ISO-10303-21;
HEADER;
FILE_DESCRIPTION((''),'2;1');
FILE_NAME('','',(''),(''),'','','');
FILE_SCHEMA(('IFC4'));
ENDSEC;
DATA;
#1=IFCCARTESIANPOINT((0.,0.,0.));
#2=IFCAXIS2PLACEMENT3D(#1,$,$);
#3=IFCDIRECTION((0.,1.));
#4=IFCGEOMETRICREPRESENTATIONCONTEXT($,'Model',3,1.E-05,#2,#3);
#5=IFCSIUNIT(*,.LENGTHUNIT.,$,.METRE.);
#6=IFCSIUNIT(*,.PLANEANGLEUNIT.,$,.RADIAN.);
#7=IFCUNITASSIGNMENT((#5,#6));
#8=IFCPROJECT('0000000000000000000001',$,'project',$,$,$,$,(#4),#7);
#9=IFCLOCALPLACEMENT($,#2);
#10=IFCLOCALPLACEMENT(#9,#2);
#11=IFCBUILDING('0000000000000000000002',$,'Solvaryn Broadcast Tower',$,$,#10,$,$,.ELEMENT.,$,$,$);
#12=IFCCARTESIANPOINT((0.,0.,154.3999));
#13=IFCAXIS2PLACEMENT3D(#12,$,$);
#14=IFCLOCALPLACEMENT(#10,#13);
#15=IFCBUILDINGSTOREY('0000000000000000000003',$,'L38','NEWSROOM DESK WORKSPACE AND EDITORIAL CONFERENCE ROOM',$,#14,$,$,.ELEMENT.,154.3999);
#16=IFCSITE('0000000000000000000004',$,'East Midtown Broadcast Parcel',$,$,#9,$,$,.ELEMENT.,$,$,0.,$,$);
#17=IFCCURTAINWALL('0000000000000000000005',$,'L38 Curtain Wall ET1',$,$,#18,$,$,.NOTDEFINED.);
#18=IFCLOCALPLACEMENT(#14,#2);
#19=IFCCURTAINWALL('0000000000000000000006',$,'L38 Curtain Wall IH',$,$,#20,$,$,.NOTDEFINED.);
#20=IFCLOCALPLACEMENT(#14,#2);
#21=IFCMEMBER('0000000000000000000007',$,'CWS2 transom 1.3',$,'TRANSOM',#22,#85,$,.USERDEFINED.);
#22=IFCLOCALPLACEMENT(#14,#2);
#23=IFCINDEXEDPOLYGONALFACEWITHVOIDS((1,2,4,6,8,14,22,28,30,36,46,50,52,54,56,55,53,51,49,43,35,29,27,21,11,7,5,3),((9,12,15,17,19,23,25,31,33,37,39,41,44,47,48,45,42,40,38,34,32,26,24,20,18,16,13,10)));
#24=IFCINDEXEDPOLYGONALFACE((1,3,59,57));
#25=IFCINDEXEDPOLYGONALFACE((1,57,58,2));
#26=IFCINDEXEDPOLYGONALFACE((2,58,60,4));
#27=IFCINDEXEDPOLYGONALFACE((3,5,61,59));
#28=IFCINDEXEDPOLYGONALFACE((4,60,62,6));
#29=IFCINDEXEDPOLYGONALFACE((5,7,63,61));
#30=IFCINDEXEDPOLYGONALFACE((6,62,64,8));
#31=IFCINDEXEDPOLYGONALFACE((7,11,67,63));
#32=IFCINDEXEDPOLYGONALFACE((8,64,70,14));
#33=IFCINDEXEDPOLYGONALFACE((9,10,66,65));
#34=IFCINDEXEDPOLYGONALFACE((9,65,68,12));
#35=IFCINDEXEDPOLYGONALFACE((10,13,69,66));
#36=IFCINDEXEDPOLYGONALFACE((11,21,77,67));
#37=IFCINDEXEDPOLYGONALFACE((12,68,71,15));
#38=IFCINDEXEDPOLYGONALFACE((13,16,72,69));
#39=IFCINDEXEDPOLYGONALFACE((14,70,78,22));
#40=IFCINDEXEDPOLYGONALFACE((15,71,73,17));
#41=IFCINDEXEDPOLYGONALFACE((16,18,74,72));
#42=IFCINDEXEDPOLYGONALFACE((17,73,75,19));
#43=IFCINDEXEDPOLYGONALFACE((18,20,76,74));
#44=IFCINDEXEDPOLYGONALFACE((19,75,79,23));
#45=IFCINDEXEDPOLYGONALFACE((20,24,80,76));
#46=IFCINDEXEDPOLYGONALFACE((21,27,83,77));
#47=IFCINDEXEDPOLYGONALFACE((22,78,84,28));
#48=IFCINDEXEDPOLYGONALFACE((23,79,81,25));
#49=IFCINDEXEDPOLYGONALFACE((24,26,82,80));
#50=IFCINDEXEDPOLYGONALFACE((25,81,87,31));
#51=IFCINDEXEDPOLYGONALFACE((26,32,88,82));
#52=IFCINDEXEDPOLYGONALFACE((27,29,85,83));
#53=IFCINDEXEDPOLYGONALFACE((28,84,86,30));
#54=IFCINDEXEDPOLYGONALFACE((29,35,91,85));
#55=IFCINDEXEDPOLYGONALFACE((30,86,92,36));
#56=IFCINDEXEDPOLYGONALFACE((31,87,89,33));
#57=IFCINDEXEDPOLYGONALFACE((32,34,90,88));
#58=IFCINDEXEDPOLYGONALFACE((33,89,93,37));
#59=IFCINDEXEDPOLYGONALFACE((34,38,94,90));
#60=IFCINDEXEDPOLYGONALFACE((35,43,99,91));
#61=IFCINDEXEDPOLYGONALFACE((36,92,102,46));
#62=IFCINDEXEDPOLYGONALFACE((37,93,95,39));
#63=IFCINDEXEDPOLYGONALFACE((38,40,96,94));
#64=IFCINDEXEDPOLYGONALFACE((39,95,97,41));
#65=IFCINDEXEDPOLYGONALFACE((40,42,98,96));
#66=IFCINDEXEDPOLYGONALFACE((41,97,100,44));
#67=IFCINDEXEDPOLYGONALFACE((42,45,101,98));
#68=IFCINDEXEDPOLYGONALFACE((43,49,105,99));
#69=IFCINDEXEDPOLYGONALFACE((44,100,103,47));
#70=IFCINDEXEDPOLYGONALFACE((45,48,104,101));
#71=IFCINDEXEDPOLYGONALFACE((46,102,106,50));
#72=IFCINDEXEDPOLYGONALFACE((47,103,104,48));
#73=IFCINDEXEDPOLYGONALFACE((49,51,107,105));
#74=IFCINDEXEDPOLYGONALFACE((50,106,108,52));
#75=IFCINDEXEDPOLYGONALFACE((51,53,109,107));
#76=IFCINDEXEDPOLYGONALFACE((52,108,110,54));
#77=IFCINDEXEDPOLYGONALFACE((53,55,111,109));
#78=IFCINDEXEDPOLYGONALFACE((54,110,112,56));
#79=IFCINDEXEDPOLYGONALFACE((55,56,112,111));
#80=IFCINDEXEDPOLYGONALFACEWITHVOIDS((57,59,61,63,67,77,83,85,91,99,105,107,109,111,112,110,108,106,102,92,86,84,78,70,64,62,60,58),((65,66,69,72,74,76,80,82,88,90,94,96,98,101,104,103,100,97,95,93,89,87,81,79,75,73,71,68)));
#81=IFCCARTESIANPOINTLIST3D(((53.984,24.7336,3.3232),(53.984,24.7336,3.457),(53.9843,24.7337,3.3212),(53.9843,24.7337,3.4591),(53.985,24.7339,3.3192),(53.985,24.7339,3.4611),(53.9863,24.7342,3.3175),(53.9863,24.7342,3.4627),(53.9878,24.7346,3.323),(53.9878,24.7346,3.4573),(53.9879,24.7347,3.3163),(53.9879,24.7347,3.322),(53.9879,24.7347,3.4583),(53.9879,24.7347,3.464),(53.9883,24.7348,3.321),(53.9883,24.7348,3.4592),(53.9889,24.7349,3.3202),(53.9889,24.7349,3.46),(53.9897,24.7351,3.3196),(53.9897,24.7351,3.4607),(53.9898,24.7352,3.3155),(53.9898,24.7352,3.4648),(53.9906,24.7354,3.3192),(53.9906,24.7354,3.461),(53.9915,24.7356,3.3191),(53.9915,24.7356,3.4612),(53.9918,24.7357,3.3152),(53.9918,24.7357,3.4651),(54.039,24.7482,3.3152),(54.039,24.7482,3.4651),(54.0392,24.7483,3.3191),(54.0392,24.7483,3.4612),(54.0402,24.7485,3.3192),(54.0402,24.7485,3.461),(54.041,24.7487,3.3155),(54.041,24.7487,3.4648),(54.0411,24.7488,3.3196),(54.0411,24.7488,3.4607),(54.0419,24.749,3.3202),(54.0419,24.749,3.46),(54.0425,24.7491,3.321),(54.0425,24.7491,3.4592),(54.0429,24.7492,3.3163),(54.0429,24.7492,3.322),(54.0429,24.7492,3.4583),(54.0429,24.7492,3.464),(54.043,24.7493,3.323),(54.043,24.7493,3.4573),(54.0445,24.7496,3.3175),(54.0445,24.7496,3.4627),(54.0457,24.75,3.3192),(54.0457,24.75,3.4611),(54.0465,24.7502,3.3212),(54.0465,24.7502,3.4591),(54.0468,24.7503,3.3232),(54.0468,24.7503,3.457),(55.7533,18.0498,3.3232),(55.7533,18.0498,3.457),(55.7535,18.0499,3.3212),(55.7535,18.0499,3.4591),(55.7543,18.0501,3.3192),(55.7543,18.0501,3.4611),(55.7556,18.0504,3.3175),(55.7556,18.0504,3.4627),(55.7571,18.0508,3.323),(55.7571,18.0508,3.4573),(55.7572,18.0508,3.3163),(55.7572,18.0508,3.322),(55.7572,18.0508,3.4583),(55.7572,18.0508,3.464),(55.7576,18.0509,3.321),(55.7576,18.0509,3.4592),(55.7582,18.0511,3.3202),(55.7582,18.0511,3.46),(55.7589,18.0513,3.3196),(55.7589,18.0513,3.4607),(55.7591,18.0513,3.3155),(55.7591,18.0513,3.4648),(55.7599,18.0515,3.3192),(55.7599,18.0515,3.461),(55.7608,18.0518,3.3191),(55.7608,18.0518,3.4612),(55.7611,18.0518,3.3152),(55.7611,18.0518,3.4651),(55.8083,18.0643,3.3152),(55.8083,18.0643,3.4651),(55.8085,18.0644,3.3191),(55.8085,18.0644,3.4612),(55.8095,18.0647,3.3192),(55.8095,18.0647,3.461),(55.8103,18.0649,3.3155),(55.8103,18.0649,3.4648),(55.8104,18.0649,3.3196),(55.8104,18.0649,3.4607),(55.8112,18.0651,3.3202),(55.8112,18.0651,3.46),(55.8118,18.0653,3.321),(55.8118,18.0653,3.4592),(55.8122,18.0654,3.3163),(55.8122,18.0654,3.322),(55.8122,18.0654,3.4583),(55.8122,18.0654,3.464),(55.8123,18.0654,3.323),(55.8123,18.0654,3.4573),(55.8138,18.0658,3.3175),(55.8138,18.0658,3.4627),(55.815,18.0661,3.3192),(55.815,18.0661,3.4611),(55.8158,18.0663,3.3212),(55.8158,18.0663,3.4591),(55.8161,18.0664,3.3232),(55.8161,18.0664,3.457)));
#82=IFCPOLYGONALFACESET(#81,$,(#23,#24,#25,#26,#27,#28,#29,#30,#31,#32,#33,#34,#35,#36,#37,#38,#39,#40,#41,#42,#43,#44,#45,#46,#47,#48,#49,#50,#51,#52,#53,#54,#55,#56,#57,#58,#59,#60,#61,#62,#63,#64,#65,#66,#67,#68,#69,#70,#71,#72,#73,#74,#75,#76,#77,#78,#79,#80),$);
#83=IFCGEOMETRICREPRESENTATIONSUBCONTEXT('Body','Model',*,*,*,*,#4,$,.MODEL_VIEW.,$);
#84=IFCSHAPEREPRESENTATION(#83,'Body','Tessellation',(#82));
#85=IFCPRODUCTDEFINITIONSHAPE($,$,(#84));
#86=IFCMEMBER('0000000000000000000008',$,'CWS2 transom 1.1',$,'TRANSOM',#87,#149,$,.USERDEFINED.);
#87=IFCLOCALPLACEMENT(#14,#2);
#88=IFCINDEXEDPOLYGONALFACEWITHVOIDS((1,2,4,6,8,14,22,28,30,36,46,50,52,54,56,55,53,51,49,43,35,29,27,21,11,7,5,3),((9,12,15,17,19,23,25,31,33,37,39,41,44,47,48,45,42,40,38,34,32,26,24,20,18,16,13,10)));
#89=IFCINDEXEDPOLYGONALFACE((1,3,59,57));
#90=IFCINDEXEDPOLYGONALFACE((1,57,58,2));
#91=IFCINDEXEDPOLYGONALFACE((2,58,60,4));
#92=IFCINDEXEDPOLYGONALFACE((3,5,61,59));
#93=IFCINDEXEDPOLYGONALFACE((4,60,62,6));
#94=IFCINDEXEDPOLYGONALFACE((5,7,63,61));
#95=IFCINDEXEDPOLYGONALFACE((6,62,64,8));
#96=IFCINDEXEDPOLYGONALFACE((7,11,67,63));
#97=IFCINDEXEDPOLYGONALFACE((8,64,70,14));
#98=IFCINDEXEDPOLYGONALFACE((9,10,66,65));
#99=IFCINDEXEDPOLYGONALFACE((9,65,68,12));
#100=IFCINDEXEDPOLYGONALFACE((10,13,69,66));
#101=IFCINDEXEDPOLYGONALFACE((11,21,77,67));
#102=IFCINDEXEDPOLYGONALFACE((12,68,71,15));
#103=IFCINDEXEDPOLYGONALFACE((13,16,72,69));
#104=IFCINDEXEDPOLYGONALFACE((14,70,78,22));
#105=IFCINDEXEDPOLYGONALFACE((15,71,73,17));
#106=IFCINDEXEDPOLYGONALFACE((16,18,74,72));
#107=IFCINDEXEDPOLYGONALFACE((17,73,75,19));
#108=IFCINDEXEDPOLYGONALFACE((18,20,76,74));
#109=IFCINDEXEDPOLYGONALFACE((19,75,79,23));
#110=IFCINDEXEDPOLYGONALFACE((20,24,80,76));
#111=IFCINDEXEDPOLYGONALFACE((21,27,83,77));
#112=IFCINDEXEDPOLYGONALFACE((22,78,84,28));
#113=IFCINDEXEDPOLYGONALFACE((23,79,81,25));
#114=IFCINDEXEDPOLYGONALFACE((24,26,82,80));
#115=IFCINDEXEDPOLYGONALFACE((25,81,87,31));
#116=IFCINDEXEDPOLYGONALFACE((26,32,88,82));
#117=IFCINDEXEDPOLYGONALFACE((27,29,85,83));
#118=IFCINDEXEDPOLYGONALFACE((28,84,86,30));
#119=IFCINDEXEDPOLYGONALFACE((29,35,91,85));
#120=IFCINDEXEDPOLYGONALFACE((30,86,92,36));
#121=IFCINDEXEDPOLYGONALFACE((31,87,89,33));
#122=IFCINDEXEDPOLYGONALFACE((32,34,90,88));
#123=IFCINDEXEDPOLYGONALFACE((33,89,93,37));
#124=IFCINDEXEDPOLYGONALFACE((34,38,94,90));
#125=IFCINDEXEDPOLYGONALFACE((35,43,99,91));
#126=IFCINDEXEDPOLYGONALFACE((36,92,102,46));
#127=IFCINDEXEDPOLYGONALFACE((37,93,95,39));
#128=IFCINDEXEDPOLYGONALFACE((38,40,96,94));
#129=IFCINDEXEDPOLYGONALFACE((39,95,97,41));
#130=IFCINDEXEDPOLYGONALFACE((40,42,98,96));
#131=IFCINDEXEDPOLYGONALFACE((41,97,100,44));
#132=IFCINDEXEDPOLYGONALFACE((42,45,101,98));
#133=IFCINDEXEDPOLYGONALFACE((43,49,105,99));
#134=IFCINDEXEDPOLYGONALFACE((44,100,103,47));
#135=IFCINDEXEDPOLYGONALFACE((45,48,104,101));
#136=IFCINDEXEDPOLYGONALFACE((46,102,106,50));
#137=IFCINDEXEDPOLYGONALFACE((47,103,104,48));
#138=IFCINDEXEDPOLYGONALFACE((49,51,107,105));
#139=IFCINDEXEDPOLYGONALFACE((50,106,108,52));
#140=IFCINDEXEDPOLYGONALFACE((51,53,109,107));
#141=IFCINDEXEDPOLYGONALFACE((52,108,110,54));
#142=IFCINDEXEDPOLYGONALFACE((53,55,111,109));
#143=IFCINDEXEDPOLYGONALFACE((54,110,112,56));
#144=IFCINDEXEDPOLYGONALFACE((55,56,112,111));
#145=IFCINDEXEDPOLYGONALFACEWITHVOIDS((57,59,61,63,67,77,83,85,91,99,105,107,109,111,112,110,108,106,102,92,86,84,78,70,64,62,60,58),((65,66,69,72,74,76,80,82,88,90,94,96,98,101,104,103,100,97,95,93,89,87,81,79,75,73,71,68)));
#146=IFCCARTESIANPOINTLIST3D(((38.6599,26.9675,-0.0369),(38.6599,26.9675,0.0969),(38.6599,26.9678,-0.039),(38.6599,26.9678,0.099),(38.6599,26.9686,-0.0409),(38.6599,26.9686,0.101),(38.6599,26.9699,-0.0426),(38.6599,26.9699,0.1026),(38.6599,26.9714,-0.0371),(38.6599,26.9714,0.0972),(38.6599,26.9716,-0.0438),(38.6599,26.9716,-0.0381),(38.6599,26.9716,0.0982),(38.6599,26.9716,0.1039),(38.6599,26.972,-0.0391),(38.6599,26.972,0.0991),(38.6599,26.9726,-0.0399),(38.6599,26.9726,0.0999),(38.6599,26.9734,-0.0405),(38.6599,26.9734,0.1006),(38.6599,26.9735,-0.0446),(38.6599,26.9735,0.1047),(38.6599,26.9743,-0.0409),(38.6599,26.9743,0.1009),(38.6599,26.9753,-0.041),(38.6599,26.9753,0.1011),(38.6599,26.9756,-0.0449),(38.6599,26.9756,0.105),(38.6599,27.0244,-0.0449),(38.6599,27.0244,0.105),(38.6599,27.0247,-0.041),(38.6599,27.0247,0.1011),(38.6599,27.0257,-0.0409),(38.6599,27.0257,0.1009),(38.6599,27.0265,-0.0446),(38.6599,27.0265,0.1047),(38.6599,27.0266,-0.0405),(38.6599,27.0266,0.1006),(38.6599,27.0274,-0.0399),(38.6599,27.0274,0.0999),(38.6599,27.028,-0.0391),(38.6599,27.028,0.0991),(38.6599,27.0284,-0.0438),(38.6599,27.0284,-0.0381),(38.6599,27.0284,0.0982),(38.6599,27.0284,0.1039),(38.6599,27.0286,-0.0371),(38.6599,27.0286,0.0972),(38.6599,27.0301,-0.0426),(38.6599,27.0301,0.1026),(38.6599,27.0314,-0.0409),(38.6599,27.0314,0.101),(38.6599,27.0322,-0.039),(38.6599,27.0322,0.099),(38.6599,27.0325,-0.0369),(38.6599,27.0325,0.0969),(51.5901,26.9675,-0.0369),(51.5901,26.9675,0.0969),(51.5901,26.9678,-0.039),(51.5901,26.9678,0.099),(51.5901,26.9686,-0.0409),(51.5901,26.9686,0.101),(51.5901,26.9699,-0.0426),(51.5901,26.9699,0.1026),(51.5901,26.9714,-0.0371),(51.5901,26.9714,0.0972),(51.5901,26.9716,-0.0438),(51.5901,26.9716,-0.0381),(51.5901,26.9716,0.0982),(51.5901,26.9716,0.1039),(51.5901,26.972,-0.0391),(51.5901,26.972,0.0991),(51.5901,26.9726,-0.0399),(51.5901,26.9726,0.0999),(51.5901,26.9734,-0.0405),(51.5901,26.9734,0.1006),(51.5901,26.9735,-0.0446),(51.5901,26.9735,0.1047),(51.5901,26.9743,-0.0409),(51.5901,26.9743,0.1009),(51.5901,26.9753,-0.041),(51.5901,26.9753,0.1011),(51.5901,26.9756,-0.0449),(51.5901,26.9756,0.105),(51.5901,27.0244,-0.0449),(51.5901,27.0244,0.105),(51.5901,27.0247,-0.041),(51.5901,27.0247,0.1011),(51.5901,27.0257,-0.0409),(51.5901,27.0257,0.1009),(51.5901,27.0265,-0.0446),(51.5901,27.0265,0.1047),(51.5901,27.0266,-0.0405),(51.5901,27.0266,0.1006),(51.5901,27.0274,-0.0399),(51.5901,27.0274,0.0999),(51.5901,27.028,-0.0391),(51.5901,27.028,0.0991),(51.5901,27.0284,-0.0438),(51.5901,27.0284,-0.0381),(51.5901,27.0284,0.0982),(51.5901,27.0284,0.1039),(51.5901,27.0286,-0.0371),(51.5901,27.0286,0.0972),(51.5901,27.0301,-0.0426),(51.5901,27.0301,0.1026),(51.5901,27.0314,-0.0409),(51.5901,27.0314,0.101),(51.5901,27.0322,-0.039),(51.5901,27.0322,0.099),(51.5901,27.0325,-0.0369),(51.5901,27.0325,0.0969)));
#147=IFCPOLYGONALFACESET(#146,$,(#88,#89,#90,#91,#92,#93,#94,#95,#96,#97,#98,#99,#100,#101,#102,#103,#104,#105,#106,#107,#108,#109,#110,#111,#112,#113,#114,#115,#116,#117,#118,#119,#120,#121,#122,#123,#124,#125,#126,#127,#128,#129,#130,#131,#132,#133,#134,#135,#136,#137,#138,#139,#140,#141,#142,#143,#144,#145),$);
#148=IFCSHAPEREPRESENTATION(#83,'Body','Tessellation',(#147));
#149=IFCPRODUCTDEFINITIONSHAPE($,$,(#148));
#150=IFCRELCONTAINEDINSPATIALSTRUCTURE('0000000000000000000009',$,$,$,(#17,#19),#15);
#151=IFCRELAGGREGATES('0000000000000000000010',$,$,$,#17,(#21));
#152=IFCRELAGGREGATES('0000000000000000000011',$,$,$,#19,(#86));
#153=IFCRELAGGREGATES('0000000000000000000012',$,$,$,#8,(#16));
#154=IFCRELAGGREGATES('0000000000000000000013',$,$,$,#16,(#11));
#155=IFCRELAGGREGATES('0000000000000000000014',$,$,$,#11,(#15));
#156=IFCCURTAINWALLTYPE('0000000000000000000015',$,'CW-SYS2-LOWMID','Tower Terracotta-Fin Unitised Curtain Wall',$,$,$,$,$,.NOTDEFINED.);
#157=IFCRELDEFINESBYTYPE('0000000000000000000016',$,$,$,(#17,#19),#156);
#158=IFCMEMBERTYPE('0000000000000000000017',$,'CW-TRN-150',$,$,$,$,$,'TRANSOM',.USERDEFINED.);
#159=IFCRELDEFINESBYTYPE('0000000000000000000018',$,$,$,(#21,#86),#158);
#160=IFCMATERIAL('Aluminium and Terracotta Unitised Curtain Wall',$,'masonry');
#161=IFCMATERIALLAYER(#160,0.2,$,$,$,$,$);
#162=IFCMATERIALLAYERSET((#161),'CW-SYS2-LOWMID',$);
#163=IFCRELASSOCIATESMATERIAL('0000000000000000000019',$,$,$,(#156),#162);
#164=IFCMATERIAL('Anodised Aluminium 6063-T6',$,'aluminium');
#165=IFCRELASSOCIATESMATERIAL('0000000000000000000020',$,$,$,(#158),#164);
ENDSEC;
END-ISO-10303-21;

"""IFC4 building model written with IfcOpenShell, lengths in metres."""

from ifc_helpers import new_model, si_unit, direction, frame, origin, origin_2d, place, context, subcontext, project, spatial, hollow_rectangle, extrude, material, layer, layer_set, material_profile, profile_set, type_object, element, aggregate, save


model = new_model("IFC4")

# Units and contexts
model_context = context("Model", 3, precision=1e-05, world=origin(), true_north=direction((0.0, 1.0)))
body_context = subcontext(model_context, "Body", "Model", "MODEL_VIEW")
ifc_project = project(units=[si_unit("LENGTHUNIT", "METRE"), si_unit("PLANEANGLEUNIT", "RADIAN")], contexts=[model_context])

# Site, building, storey
site_placement = place(None, origin())
site = spatial("IfcSite", under=ifc_project, at=site_placement, Name="East Midtown Broadcast Parcel", CompositionType="ELEMENT", RefElevation=0.0)
building_placement = place(site_placement, origin())
building = spatial("IfcBuilding", under=site, at=building_placement, Name="Solvaryn Broadcast Tower", CompositionType="ELEMENT")
storey_placement = place(building_placement, frame((0.0, 0.0, 154.3999)))
storey = spatial("IfcBuildingStorey", under=building, at=storey_placement, Name="L38", Description="NEWSROOM DESK WORKSPACE AND EDITORIAL CONFERENCE ROOM", CompositionType="ELEMENT", Elevation=154.3999)

# Curtain walls
ifc_material_1 = material(Name="Aluminium and Terracotta Unitised Curtain Wall", Category="masonry")
ifc_layer_1 = layer(ifc_material_1, 0.2)
ifc_layer_set_1 = layer_set([ifc_layer_1], Name="CW-SYS2-LOWMID")
curtain_wall_type = type_object("IfcCurtainWallType", Name="CW-SYS2-LOWMID", Description="Tower Terracotta-Fin Unitised Curtain Wall", PredefinedType="NOTDEFINED", material=ifc_layer_set_1)
curtain_wall_1_placement = place(storey_placement, origin())
curtain_wall_1 = element("IfcCurtainWall", 1, at=curtain_wall_1_placement, inside=storey, type_object=curtain_wall_type, Name="L38 Curtain Wall ET1", PredefinedType="NOTDEFINED")
curtain_wall_2_placement = place(storey_placement, origin())
curtain_wall_2 = element("IfcCurtainWall", 2, at=curtain_wall_2_placement, inside=storey, type_object=curtain_wall_type, Name="L38 Curtain Wall IH", PredefinedType="NOTDEFINED")

# Members
ifc_material_2 = material(Name="Anodised Aluminium 6063-T6", Category="aluminium")
ifc_material_profile_1 = material_profile(ifc_material_2, hollow_rectangle(XDim=0.0649, YDim=0.1499, WallThickness=0.0039, InnerFilletRadius=0.0039, OuterFilletRadius=0.0081, at=origin_2d()))
ifc_profile_set_1 = profile_set([ifc_material_profile_1], Name="Anodised Aluminium 6063-T6")
member_type_1 = type_object("IfcMemberType", Name="CW-TRN-150", ElementType="TRANSOM", PredefinedType="USERDEFINED", material=ifc_profile_set_1)
member_1_placement = place(storey_placement, frame((54.0154, 24.7419, 3.3901), z_axis=(0.255897, -0.966704, 0.0), x_axis=(0.966704, 0.255897, 0.0)))
member_1 = element("IfcMember", 3, at=member_1_placement, type_object=member_type_1, Name="CWS2 transom 1.3", ObjectType="TRANSOM", PredefinedType="USERDEFINED", context=body_context, shape_type="SweptSolid", body=[
    extrude(hollow_rectangle(XDim=0.0649, YDim=0.1499, WallThickness=0.0039, InnerFilletRadius=0.0039, OuterFilletRadius=0.0081, at=origin_2d()), origin(), (0.0, 0.0, 1.0), 6.9141),
])
member_2_placement = place(storey_placement, frame((38.6599, 27.0, 0.03), z_axis=(1.0, 0.0, 0.0), x_axis=(0.0, 1.0, 0.0)))
member_2 = element("IfcMember", 4, at=member_2_placement, type_object=member_type_1, Name="CWS2 transom 1.1", ObjectType="TRANSOM", PredefinedType="USERDEFINED", context=body_context, shape_type="SweptSolid", body=[
    extrude(hollow_rectangle(XDim=0.0649, YDim=0.1499, WallThickness=0.0039, InnerFilletRadius=0.0039, OuterFilletRadius=0.0081, at=origin_2d()), origin(), (0.0, 0.0, 1.0), 12.9302),
])

aggregate(curtain_wall_1, [member_1])
aggregate(curtain_wall_2, [member_2])

save(model, "model.ifc")
